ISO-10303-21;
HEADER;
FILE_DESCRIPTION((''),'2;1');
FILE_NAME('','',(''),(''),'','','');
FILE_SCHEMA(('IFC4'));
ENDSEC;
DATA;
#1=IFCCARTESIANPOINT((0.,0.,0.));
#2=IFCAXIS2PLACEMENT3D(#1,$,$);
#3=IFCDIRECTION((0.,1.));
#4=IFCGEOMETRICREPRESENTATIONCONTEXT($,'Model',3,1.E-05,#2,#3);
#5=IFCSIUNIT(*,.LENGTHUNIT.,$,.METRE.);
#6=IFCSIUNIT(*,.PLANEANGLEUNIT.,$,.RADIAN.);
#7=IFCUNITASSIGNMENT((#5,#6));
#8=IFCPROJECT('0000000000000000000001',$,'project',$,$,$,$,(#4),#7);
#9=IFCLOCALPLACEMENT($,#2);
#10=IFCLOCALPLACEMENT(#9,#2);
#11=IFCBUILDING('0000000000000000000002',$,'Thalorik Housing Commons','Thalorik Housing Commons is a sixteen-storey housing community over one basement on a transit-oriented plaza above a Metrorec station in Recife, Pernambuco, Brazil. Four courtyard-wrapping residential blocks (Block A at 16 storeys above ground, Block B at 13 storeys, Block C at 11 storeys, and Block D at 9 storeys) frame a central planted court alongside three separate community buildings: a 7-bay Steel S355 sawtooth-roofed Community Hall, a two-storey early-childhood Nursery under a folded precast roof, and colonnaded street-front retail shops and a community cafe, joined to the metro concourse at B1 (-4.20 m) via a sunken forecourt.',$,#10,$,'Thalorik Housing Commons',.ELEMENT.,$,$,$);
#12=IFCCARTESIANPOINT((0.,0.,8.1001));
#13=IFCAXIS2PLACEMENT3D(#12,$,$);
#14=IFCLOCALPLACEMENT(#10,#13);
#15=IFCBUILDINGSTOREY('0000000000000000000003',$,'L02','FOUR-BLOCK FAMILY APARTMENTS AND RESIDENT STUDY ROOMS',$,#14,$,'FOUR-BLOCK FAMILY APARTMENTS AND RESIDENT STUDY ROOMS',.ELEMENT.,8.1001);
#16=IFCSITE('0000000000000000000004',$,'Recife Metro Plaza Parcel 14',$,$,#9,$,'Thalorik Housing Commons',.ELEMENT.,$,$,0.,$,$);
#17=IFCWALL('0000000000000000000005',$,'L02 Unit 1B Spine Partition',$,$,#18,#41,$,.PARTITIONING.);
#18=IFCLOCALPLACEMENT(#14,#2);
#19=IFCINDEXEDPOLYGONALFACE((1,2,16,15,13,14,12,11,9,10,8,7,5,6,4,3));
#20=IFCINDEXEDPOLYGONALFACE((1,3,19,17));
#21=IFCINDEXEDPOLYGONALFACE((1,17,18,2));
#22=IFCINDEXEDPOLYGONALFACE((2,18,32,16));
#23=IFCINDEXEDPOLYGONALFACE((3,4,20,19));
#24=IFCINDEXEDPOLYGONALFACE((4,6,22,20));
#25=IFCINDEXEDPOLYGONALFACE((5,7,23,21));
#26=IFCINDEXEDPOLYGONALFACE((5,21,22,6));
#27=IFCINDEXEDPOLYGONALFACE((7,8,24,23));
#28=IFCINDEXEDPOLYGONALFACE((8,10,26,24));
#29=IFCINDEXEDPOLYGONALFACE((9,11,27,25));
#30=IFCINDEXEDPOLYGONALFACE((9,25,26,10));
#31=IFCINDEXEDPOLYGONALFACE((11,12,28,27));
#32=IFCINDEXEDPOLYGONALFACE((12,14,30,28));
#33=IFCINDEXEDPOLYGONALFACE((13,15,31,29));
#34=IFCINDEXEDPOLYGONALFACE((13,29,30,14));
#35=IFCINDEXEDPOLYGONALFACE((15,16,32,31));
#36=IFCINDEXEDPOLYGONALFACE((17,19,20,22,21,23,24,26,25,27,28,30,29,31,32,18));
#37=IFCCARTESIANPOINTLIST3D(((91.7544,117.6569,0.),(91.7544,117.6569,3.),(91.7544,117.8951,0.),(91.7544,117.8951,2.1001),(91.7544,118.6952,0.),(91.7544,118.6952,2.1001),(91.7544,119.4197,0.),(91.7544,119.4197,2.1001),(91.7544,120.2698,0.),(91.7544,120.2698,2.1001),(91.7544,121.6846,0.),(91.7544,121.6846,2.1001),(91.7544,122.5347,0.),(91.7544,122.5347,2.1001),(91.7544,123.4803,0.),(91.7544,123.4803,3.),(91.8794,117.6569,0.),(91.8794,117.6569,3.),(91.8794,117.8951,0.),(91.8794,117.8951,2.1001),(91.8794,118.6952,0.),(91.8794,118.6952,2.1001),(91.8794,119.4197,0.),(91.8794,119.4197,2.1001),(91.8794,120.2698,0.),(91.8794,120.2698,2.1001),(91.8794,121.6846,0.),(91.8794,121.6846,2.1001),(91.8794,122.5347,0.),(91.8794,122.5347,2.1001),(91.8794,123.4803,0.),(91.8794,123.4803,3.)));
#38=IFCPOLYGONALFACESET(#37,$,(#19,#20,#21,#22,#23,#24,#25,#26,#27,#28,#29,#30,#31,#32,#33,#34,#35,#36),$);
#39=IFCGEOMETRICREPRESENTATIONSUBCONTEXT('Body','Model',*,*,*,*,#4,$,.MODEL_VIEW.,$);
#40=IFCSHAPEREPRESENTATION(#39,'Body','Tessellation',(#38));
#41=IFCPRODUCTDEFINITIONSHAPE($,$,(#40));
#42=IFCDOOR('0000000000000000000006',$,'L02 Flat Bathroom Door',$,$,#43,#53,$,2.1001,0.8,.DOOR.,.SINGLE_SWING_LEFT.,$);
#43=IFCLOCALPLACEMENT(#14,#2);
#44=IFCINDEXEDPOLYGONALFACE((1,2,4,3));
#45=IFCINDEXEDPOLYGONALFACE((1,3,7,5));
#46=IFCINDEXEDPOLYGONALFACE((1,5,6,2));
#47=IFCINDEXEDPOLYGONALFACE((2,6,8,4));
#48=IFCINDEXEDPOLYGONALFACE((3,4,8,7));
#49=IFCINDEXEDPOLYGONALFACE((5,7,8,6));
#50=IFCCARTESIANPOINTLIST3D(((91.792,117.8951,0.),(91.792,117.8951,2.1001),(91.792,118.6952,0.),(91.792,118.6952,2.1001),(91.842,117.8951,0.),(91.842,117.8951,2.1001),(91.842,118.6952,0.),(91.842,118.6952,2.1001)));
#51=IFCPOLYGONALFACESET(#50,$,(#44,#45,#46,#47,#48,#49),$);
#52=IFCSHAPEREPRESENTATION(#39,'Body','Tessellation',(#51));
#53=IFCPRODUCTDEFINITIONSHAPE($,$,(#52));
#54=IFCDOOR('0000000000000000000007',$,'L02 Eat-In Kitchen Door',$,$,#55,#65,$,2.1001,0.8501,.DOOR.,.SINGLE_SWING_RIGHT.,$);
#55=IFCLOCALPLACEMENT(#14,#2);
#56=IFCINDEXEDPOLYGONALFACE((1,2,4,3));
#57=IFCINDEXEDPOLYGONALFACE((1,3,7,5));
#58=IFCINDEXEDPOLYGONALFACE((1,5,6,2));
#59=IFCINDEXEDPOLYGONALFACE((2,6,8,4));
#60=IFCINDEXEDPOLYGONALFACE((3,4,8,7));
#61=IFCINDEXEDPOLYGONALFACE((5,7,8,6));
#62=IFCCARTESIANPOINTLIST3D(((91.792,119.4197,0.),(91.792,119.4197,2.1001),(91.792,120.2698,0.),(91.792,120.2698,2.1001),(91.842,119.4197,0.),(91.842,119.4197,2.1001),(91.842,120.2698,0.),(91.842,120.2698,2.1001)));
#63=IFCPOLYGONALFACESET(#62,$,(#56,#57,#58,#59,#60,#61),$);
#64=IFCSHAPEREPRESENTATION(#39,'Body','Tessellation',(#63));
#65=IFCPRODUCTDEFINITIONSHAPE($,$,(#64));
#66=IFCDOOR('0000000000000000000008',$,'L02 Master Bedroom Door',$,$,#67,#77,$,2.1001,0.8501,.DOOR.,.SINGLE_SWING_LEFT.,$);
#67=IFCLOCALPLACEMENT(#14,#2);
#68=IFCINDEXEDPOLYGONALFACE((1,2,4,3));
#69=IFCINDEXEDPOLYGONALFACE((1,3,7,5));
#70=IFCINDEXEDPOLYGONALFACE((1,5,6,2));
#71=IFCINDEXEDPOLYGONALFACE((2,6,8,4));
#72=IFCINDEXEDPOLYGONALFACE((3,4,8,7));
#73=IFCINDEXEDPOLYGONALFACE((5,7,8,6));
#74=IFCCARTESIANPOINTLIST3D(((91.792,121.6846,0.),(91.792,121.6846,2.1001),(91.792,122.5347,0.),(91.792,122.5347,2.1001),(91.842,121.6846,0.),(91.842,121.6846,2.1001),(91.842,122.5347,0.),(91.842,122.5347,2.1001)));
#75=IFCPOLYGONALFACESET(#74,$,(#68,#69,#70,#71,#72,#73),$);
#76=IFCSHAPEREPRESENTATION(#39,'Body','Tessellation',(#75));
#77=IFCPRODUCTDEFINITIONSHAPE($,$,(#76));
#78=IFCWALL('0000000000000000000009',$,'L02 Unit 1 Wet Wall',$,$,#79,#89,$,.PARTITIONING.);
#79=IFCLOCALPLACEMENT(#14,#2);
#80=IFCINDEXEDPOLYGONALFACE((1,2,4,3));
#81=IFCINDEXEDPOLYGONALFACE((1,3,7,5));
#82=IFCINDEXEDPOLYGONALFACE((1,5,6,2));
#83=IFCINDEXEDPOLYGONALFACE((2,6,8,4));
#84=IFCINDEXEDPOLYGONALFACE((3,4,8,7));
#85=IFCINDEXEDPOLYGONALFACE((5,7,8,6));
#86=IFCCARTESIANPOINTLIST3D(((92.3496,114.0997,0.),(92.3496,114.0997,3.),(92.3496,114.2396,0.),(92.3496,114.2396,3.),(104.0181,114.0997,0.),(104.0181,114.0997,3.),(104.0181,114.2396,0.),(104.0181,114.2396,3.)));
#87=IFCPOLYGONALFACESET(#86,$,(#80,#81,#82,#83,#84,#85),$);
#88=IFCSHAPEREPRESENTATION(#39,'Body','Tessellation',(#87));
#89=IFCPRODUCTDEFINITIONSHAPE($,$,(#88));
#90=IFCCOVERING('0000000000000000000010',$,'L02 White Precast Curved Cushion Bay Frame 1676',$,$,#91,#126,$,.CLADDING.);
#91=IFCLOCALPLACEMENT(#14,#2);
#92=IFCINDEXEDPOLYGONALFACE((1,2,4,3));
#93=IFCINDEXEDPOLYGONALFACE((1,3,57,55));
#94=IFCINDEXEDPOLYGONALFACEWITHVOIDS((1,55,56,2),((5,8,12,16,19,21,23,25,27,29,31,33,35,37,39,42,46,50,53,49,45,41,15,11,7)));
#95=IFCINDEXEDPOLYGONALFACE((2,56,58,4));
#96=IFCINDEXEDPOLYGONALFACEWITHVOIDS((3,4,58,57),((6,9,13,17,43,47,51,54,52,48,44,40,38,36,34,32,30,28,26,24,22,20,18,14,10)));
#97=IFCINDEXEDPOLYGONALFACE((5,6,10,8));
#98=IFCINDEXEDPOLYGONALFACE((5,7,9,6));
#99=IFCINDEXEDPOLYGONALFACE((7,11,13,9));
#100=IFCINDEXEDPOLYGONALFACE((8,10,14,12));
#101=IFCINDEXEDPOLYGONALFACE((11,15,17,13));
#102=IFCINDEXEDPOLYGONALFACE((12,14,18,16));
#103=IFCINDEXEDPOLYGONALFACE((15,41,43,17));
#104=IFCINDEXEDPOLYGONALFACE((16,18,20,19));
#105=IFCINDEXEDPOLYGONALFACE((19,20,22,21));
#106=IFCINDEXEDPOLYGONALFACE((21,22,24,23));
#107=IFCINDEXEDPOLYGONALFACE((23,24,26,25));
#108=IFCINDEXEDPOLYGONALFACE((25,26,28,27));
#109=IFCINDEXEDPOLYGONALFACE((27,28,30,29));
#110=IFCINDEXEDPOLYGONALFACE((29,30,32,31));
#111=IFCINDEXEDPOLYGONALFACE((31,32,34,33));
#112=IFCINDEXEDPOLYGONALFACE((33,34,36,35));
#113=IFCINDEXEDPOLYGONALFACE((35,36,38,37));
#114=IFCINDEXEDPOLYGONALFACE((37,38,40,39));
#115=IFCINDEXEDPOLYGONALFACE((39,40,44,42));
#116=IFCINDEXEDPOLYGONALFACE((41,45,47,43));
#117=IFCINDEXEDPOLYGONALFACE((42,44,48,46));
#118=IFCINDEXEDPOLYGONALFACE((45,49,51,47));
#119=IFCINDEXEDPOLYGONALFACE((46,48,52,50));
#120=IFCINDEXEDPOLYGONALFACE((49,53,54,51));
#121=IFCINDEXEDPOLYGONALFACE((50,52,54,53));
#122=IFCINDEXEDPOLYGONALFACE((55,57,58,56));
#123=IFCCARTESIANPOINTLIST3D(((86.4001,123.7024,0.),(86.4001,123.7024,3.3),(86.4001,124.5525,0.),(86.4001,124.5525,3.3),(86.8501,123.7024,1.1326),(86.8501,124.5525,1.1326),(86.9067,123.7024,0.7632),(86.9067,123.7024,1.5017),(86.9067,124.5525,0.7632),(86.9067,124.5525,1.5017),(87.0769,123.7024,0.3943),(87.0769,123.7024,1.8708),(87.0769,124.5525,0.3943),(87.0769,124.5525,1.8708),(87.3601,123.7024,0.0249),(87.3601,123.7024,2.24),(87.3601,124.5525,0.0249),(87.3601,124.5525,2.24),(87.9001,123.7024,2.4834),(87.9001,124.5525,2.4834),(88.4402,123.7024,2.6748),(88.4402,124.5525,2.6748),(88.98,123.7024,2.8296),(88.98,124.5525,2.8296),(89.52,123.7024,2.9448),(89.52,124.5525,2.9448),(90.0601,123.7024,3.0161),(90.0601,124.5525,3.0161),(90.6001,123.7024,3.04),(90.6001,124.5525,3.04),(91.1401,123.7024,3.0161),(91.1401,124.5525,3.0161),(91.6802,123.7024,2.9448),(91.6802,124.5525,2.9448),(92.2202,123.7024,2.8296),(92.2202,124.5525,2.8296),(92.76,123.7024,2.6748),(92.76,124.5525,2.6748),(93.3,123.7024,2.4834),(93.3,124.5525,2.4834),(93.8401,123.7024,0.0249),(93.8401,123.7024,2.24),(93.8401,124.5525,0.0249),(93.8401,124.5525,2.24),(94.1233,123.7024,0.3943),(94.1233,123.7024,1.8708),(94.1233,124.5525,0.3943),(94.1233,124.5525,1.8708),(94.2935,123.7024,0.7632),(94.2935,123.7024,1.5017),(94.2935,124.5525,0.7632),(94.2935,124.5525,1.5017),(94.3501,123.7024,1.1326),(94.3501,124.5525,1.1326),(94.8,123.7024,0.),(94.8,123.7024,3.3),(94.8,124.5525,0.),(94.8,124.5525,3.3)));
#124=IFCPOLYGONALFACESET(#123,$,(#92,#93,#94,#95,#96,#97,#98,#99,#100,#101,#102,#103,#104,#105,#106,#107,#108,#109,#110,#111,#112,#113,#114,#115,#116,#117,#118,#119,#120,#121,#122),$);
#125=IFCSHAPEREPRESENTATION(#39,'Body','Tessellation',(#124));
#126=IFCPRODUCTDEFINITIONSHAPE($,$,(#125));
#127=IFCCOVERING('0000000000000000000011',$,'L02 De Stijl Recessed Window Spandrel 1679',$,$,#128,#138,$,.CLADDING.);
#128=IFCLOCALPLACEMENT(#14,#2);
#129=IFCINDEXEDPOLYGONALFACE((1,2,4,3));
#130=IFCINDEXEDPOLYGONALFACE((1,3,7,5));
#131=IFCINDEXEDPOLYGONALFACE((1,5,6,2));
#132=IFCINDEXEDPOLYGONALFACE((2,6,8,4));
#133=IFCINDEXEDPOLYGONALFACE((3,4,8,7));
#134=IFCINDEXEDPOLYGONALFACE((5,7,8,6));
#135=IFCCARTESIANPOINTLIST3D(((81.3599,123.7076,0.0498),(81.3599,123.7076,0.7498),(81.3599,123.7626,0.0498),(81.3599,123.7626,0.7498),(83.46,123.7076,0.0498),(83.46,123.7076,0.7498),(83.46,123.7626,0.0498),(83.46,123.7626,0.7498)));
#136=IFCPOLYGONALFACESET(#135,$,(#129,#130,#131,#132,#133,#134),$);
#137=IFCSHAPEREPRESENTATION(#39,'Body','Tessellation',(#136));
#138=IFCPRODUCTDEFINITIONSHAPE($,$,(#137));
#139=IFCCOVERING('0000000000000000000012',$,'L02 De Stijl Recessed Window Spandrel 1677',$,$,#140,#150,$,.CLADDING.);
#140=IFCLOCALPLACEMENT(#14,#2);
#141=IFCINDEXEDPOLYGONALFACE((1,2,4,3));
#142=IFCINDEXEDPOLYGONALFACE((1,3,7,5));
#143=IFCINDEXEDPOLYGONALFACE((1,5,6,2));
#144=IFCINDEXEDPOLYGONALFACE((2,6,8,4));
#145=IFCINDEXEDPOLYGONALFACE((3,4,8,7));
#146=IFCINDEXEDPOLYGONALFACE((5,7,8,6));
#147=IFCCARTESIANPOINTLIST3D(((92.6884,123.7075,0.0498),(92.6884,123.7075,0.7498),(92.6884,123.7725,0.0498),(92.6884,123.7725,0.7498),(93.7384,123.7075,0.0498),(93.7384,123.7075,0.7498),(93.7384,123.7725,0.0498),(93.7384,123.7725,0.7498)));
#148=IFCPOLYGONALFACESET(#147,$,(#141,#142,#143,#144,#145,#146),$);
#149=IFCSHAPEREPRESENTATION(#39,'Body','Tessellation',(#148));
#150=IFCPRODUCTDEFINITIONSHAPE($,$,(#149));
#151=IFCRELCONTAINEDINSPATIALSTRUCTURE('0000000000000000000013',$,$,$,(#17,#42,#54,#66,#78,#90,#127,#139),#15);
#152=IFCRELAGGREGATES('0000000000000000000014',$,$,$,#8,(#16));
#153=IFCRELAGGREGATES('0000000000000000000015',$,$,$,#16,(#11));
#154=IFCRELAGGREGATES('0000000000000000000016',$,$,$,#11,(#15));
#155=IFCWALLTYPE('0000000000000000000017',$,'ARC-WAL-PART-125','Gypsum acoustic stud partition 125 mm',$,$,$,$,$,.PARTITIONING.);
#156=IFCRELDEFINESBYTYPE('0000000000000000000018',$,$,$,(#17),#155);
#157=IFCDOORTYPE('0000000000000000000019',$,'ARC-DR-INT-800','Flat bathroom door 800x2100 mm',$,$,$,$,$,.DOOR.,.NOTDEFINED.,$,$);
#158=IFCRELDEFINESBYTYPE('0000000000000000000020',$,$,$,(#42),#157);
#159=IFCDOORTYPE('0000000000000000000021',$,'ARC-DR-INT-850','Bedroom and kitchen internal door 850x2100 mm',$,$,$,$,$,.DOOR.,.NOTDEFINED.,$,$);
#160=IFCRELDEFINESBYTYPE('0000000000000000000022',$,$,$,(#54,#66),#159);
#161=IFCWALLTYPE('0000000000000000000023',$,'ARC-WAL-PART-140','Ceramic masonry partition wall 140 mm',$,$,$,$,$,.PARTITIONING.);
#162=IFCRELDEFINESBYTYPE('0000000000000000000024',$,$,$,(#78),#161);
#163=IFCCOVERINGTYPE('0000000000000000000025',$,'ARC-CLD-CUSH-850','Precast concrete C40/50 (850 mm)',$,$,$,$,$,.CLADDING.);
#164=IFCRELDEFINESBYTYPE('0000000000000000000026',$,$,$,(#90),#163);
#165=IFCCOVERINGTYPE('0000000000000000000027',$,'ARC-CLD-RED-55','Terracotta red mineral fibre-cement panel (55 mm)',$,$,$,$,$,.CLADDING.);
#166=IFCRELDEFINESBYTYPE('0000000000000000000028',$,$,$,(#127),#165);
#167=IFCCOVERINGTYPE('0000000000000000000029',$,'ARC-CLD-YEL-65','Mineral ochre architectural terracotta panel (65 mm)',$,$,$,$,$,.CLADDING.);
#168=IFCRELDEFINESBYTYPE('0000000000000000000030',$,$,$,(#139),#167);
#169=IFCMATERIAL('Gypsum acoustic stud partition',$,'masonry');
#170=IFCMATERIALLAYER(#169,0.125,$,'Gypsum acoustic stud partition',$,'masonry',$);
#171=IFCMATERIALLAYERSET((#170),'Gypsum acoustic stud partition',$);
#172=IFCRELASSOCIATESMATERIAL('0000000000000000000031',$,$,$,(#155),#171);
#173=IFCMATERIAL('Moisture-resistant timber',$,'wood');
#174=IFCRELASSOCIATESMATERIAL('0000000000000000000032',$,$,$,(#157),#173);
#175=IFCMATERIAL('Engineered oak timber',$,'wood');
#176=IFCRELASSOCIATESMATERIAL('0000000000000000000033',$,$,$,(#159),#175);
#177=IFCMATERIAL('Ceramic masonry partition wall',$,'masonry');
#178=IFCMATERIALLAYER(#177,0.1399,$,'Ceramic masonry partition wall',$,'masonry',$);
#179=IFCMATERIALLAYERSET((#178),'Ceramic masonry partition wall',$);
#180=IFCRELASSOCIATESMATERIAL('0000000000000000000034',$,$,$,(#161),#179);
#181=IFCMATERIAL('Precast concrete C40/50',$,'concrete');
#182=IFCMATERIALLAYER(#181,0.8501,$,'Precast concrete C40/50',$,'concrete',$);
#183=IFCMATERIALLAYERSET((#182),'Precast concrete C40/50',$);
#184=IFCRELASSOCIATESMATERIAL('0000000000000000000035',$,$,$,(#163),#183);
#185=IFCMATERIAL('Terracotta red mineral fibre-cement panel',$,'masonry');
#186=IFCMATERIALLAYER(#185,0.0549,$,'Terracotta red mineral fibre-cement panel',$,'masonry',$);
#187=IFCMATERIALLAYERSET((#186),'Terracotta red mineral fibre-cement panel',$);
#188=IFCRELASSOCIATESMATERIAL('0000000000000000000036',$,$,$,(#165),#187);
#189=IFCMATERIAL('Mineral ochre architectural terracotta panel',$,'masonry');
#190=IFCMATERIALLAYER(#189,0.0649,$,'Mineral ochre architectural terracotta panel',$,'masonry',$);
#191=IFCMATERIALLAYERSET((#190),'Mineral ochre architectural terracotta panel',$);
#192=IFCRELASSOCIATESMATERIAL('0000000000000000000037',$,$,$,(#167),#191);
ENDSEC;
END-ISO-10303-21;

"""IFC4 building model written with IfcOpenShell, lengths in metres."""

from ifc_helpers import new_model, si_unit, direction, frame, frame_2d, origin, origin_2d, place, context, subcontext, project, spatial, polyline, rectangle, outline, extrude, material, layer, layer_set, type_object, element, fill, save


model = new_model("IFC4")

# Units and contexts
model_context = context("Model", 3, precision=1e-05, world=origin(), true_north=direction((0.0, 1.0)))
body_context = subcontext(model_context, "Body", "Model", "MODEL_VIEW")
ifc_project = project(units=[si_unit("LENGTHUNIT", "METRE"), si_unit("PLANEANGLEUNIT", "RADIAN")], contexts=[model_context])

# Site, building, storey
site_placement = place(None, origin())
site = spatial("IfcSite", under=ifc_project, at=site_placement, Name="Recife Metro Plaza Parcel 14", LongName="Thalorik Housing Commons", CompositionType="ELEMENT", RefElevation=0.0)
building_placement = place(site_placement, origin())
building = spatial("IfcBuilding", under=site, at=building_placement, Name="Thalorik Housing Commons", Description="Thalorik Housing Commons is a sixteen-storey housing community over one basement on a transit-oriented plaza above a Metrorec station in Recife, Pernambuco, Brazil. Four courtyard-wrapping residential blocks (Block A at 16 storeys above ground, Block B at 13 storeys, Block C at 11 storeys, and Block D at 9 storeys) frame a central planted court alongside three separate community buildings: a 7-bay Steel S355 sawtooth-roofed Community Hall, a two-storey early-childhood Nursery under a folded precast roof, and colonnaded street-front retail shops and a community cafe, joined to the metro concourse at B1 (-4.20 m) via a sunken forecourt.", LongName="Thalorik Housing Commons", CompositionType="ELEMENT")
storey_placement = place(building_placement, frame((0.0, 0.0, 8.1001)))
storey = spatial("IfcBuildingStorey", under=building, at=storey_placement, Name="L02", Description="FOUR-BLOCK FAMILY APARTMENTS AND RESIDENT STUDY ROOMS", LongName="FOUR-BLOCK FAMILY APARTMENTS AND RESIDENT STUDY ROOMS", CompositionType="ELEMENT", Elevation=8.1001)

# Shared definitions
ifc_material_1 = material(Name="Precast concrete C40/50", Category="concrete")

# Wall, openings, doors
ifc_material_2 = material(Name="Gypsum acoustic stud partition", Category="masonry")
ifc_layer_1 = layer(ifc_material_2, 0.125, Name="Gypsum acoustic stud partition", Category="masonry")
ifc_layer_set_1 = layer_set([ifc_layer_1], Name="Gypsum acoustic stud partition")
wall_type_1 = type_object("IfcWallType", Name="ARC-WAL-PART-125", Description="Gypsum acoustic stud partition 125 mm", PredefinedType="PARTITIONING", material=ifc_layer_set_1)
wall_1_placement = place(storey_placement, frame((91.8169, 117.657, 0.0), z_axis=(0.0, 0.0, 1.0), x_axis=(0.0, 1.0, 0.0)))
wall_1 = element("IfcWall", 1, at=wall_1_placement, inside=storey, type_object=wall_type_1, Name="L02 Unit 1B Spine Partition", PredefinedType="PARTITIONING", context=body_context, shape_type="SweptSolid", body=[
    extrude(rectangle(XDim=5.8235, YDim=0.125, at=frame_2d((2.9116, 0.0))), origin(), (0.0, 0.0, 1.0), 3.0),
])
opening_1_placement = place(wall_1_placement, frame((0.2383, 0.0, 0.0)))
opening_1 = element("IfcOpeningElement", 2, at=opening_1_placement, cuts=wall_1, PredefinedType="OPENING", context=body_context, shape_type="SweptSolid", body=[
    extrude(rectangle(XDim=0.8, YDim=2.1001, at=frame_2d((0.3999, 1.05))), frame((0.0, 0.0725, 0.0), z_axis=(0.0, -1.0, 0.0), x_axis=(1.0, 0.0, 0.0)), (0.0, 0.0, 1.0), 0.145),
])
opening_2_placement = place(wall_1_placement, frame((1.7627, 0.0, 0.0)))
opening_2 = element("IfcOpeningElement", 3, at=opening_2_placement, cuts=wall_1, PredefinedType="OPENING", context=body_context, shape_type="SweptSolid", body=[
    extrude(rectangle(XDim=0.8501, YDim=2.1001, at=frame_2d((0.425, 1.05))), frame((0.0, 0.0725, 0.0), z_axis=(0.0, -1.0, 0.0), x_axis=(1.0, 0.0, 0.0)), (0.0, 0.0, 1.0), 0.145),
])
opening_3_placement = place(wall_1_placement, frame((4.0276, 0.0, 0.0)))
opening_3 = element("IfcOpeningElement", 4, at=opening_3_placement, cuts=wall_1, PredefinedType="OPENING", context=body_context, shape_type="SweptSolid", body=[
    extrude(rectangle(XDim=0.8501, YDim=2.1001, at=frame_2d((0.425, 1.05))), frame((0.0, 0.0725, 0.0), z_axis=(0.0, -1.0, 0.0), x_axis=(1.0, 0.0, 0.0)), (0.0, 0.0, 1.0), 0.145),
])
ifc_material_3 = material(Name="Moisture-resistant timber", Category="wood")
door_type_1 = type_object("IfcDoorType", Name="ARC-DR-INT-800", Description="Flat bathroom door 800x2100 mm", OperationType="NOTDEFINED", PredefinedType="DOOR", material=ifc_material_3)
door_1_placement = place(opening_1_placement, origin())
door_1 = element("IfcDoor", 5, at=door_1_placement, inside=storey, type_object=door_type_1, Name="L02 Flat Bathroom Door", OperationType="SINGLE_SWING_LEFT", OverallHeight=2.1001, OverallWidth=0.8, PredefinedType="DOOR", context=body_context, shape_type="SweptSolid", body=[
    extrude(rectangle(XDim=0.8, YDim=2.1001, at=frame_2d((0.3999, 1.05))), frame((0.0, 0.0249, 0.0), z_axis=(0.0, -1.0, 0.0), x_axis=(1.0, 0.0, 0.0)), (0.0, 0.0, 1.0), 0.05),
])
fill(opening_1, door_1)
ifc_material_4 = material(Name="Engineered oak timber", Category="wood")
door_type_2 = type_object("IfcDoorType", Name="ARC-DR-INT-850", Description="Bedroom and kitchen internal door 850x2100 mm", OperationType="NOTDEFINED", PredefinedType="DOOR", material=ifc_material_4)
door_2_placement = place(opening_2_placement, origin())
door_2 = element("IfcDoor", 6, at=door_2_placement, inside=storey, type_object=door_type_2, Name="L02 Eat-In Kitchen Door", OperationType="SINGLE_SWING_RIGHT", OverallHeight=2.1001, OverallWidth=0.8501, PredefinedType="DOOR", context=body_context, shape_type="SweptSolid", body=[
    extrude(rectangle(XDim=0.8501, YDim=2.1001, at=frame_2d((0.425, 1.05))), frame((0.0, 0.0249, 0.0), z_axis=(0.0, -1.0, 0.0), x_axis=(1.0, 0.0, 0.0)), (0.0, 0.0, 1.0), 0.05),
])
fill(opening_2, door_2)
door_3_placement = place(opening_3_placement, origin())
door_3 = element("IfcDoor", 7, at=door_3_placement, inside=storey, type_object=door_type_2, Name="L02 Master Bedroom Door", OperationType="SINGLE_SWING_LEFT", OverallHeight=2.1001, OverallWidth=0.8501, PredefinedType="DOOR", context=body_context, shape_type="SweptSolid", body=[
    extrude(rectangle(XDim=0.8501, YDim=2.1001, at=frame_2d((0.425, 1.05))), frame((0.0, 0.0249, 0.0), z_axis=(0.0, -1.0, 0.0), x_axis=(1.0, 0.0, 0.0)), (0.0, 0.0, 1.0), 0.05),
])
fill(opening_3, door_3)

# Wall
ifc_material_5 = material(Name="Ceramic masonry partition wall", Category="masonry")
ifc_layer_2 = layer(ifc_material_5, 0.1399, Name="Ceramic masonry partition wall", Category="masonry")
ifc_layer_set_2 = layer_set([ifc_layer_2], Name="Ceramic masonry partition wall")
wall_type_2 = type_object("IfcWallType", Name="ARC-WAL-PART-140", Description="Ceramic masonry partition wall 140 mm", PredefinedType="PARTITIONING", material=ifc_layer_set_2)
wall_2_placement = place(storey_placement, frame((92.3496, 114.1697, 0.0), z_axis=(0.0, 0.0, 1.0), x_axis=(1.0, 0.0, 0.0)))
element("IfcWall", 8, at=wall_2_placement, inside=storey, type_object=wall_type_2, Name="L02 Unit 1 Wet Wall", PredefinedType="PARTITIONING", context=body_context, shape_type="SweptSolid", body=[
    extrude(rectangle(XDim=11.6685, YDim=0.1399, at=frame_2d((5.8342, 0.0))), origin(), (0.0, 0.0, 1.0), 3.0),
])

# Coverings
ifc_layer_3 = layer(ifc_material_1, 0.8501, Name="Precast concrete C40/50", Category="concrete")
ifc_layer_set_3 = layer_set([ifc_layer_3], Name="Precast concrete C40/50")
covering_type_1 = type_object("IfcCoveringType", Name="ARC-CLD-CUSH-850", Description="Precast concrete C40/50 (850 mm)", PredefinedType="CLADDING", material=ifc_layer_set_3)
covering_1_placement = place(storey_placement, frame((90.6001, 124.1274, 0.0), z_axis=(0.0, 0.0, 1.0), x_axis=(-1.0, 0.0, 0.0)))
element("IfcCovering", 9, at=covering_1_placement, inside=storey, type_object=covering_type_1, Name="L02 White Precast Curved Cushion Bay Frame 1676", PredefinedType="CLADDING", context=body_context, shape_type="SweptSolid", body=[
    extrude(outline(polyline([(-4.2, 0.0), (4.2, 0.0), (4.2, 3.3), (-4.2, 3.3), (-4.2, 0.0)]), holes=[polyline([(3.24, 0.0249), (3.5232, 0.3943), (3.6934, 0.7632), (3.75, 1.1326), (3.6934, 1.5017), (3.5232, 1.8708), (3.24, 2.24), (2.7, 2.4834), (2.1599, 2.6748), (1.6201, 2.8296), (1.0801, 2.9448), (0.54, 3.0161), (0.0, 3.04), (-0.54, 3.0161), (-1.0801, 2.9448), (-1.6201, 2.8296), (-2.1599, 2.6748), (-2.7, 2.4834), (-3.24, 2.24), (-3.5232, 1.8708), (-3.6934, 1.5017), (-3.75, 1.1326), (-3.6934, 0.7632), (-3.5232, 0.3943), (-3.24, 0.0249), (3.24, 0.0249)])]), frame((0.0, 0.425, 0.0), z_axis=(0.0, -1.0, 0.0), x_axis=(1.0, 0.0, 0.0)), (0.0, 0.0, 1.0), 0.8501),
])
ifc_material_6 = material(Name="Terracotta red mineral fibre-cement panel", Category="masonry")
ifc_layer_4 = layer(ifc_material_6, 0.0549, Name="Terracotta red mineral fibre-cement panel", Category="masonry")
ifc_layer_set_4 = layer_set([ifc_layer_4], Name="Terracotta red mineral fibre-cement panel")
covering_type_2 = type_object("IfcCoveringType", Name="ARC-CLD-RED-55", Description="Terracotta red mineral fibre-cement panel (55 mm)", PredefinedType="CLADDING", material=ifc_layer_set_4)
covering_2_placement = place(storey_placement, frame((82.4099, 123.7351, 0.0498), z_axis=(0.0, 0.0, 1.0), x_axis=(-1.0, 0.0, 0.0)))
element("IfcCovering", 10, at=covering_2_placement, inside=storey, type_object=covering_type_2, Name="L02 De Stijl Recessed Window Spandrel 1679", PredefinedType="CLADDING", context=body_context, shape_type="SweptSolid", body=[
    extrude(rectangle(XDim=2.1001, YDim=0.0549, at=origin_2d()), origin(), (0.0, 0.0, 1.0), 0.7),
])
ifc_material_7 = material(Name="Mineral ochre architectural terracotta panel", Category="masonry")
ifc_layer_5 = layer(ifc_material_7, 0.0649, Name="Mineral ochre architectural terracotta panel", Category="masonry")
ifc_layer_set_5 = layer_set([ifc_layer_5], Name="Mineral ochre architectural terracotta panel")
covering_type_3 = type_object("IfcCoveringType", Name="ARC-CLD-YEL-65", Description="Mineral ochre architectural terracotta panel (65 mm)", PredefinedType="CLADDING", material=ifc_layer_set_5)
covering_3_placement = place(storey_placement, frame((93.2134, 123.74, 0.0498), z_axis=(0.0, 0.0, 1.0), x_axis=(-1.0, 0.0, 0.0)))
element("IfcCovering", 11, at=covering_3_placement, inside=storey, type_object=covering_type_3, Name="L02 De Stijl Recessed Window Spandrel 1677", PredefinedType="CLADDING", context=body_context, shape_type="SweptSolid", body=[
    extrude(rectangle(XDim=1.05, YDim=0.0649, at=origin_2d()), origin(), (0.0, 0.0, 1.0), 0.7),
])

save(model, "model.ifc")
